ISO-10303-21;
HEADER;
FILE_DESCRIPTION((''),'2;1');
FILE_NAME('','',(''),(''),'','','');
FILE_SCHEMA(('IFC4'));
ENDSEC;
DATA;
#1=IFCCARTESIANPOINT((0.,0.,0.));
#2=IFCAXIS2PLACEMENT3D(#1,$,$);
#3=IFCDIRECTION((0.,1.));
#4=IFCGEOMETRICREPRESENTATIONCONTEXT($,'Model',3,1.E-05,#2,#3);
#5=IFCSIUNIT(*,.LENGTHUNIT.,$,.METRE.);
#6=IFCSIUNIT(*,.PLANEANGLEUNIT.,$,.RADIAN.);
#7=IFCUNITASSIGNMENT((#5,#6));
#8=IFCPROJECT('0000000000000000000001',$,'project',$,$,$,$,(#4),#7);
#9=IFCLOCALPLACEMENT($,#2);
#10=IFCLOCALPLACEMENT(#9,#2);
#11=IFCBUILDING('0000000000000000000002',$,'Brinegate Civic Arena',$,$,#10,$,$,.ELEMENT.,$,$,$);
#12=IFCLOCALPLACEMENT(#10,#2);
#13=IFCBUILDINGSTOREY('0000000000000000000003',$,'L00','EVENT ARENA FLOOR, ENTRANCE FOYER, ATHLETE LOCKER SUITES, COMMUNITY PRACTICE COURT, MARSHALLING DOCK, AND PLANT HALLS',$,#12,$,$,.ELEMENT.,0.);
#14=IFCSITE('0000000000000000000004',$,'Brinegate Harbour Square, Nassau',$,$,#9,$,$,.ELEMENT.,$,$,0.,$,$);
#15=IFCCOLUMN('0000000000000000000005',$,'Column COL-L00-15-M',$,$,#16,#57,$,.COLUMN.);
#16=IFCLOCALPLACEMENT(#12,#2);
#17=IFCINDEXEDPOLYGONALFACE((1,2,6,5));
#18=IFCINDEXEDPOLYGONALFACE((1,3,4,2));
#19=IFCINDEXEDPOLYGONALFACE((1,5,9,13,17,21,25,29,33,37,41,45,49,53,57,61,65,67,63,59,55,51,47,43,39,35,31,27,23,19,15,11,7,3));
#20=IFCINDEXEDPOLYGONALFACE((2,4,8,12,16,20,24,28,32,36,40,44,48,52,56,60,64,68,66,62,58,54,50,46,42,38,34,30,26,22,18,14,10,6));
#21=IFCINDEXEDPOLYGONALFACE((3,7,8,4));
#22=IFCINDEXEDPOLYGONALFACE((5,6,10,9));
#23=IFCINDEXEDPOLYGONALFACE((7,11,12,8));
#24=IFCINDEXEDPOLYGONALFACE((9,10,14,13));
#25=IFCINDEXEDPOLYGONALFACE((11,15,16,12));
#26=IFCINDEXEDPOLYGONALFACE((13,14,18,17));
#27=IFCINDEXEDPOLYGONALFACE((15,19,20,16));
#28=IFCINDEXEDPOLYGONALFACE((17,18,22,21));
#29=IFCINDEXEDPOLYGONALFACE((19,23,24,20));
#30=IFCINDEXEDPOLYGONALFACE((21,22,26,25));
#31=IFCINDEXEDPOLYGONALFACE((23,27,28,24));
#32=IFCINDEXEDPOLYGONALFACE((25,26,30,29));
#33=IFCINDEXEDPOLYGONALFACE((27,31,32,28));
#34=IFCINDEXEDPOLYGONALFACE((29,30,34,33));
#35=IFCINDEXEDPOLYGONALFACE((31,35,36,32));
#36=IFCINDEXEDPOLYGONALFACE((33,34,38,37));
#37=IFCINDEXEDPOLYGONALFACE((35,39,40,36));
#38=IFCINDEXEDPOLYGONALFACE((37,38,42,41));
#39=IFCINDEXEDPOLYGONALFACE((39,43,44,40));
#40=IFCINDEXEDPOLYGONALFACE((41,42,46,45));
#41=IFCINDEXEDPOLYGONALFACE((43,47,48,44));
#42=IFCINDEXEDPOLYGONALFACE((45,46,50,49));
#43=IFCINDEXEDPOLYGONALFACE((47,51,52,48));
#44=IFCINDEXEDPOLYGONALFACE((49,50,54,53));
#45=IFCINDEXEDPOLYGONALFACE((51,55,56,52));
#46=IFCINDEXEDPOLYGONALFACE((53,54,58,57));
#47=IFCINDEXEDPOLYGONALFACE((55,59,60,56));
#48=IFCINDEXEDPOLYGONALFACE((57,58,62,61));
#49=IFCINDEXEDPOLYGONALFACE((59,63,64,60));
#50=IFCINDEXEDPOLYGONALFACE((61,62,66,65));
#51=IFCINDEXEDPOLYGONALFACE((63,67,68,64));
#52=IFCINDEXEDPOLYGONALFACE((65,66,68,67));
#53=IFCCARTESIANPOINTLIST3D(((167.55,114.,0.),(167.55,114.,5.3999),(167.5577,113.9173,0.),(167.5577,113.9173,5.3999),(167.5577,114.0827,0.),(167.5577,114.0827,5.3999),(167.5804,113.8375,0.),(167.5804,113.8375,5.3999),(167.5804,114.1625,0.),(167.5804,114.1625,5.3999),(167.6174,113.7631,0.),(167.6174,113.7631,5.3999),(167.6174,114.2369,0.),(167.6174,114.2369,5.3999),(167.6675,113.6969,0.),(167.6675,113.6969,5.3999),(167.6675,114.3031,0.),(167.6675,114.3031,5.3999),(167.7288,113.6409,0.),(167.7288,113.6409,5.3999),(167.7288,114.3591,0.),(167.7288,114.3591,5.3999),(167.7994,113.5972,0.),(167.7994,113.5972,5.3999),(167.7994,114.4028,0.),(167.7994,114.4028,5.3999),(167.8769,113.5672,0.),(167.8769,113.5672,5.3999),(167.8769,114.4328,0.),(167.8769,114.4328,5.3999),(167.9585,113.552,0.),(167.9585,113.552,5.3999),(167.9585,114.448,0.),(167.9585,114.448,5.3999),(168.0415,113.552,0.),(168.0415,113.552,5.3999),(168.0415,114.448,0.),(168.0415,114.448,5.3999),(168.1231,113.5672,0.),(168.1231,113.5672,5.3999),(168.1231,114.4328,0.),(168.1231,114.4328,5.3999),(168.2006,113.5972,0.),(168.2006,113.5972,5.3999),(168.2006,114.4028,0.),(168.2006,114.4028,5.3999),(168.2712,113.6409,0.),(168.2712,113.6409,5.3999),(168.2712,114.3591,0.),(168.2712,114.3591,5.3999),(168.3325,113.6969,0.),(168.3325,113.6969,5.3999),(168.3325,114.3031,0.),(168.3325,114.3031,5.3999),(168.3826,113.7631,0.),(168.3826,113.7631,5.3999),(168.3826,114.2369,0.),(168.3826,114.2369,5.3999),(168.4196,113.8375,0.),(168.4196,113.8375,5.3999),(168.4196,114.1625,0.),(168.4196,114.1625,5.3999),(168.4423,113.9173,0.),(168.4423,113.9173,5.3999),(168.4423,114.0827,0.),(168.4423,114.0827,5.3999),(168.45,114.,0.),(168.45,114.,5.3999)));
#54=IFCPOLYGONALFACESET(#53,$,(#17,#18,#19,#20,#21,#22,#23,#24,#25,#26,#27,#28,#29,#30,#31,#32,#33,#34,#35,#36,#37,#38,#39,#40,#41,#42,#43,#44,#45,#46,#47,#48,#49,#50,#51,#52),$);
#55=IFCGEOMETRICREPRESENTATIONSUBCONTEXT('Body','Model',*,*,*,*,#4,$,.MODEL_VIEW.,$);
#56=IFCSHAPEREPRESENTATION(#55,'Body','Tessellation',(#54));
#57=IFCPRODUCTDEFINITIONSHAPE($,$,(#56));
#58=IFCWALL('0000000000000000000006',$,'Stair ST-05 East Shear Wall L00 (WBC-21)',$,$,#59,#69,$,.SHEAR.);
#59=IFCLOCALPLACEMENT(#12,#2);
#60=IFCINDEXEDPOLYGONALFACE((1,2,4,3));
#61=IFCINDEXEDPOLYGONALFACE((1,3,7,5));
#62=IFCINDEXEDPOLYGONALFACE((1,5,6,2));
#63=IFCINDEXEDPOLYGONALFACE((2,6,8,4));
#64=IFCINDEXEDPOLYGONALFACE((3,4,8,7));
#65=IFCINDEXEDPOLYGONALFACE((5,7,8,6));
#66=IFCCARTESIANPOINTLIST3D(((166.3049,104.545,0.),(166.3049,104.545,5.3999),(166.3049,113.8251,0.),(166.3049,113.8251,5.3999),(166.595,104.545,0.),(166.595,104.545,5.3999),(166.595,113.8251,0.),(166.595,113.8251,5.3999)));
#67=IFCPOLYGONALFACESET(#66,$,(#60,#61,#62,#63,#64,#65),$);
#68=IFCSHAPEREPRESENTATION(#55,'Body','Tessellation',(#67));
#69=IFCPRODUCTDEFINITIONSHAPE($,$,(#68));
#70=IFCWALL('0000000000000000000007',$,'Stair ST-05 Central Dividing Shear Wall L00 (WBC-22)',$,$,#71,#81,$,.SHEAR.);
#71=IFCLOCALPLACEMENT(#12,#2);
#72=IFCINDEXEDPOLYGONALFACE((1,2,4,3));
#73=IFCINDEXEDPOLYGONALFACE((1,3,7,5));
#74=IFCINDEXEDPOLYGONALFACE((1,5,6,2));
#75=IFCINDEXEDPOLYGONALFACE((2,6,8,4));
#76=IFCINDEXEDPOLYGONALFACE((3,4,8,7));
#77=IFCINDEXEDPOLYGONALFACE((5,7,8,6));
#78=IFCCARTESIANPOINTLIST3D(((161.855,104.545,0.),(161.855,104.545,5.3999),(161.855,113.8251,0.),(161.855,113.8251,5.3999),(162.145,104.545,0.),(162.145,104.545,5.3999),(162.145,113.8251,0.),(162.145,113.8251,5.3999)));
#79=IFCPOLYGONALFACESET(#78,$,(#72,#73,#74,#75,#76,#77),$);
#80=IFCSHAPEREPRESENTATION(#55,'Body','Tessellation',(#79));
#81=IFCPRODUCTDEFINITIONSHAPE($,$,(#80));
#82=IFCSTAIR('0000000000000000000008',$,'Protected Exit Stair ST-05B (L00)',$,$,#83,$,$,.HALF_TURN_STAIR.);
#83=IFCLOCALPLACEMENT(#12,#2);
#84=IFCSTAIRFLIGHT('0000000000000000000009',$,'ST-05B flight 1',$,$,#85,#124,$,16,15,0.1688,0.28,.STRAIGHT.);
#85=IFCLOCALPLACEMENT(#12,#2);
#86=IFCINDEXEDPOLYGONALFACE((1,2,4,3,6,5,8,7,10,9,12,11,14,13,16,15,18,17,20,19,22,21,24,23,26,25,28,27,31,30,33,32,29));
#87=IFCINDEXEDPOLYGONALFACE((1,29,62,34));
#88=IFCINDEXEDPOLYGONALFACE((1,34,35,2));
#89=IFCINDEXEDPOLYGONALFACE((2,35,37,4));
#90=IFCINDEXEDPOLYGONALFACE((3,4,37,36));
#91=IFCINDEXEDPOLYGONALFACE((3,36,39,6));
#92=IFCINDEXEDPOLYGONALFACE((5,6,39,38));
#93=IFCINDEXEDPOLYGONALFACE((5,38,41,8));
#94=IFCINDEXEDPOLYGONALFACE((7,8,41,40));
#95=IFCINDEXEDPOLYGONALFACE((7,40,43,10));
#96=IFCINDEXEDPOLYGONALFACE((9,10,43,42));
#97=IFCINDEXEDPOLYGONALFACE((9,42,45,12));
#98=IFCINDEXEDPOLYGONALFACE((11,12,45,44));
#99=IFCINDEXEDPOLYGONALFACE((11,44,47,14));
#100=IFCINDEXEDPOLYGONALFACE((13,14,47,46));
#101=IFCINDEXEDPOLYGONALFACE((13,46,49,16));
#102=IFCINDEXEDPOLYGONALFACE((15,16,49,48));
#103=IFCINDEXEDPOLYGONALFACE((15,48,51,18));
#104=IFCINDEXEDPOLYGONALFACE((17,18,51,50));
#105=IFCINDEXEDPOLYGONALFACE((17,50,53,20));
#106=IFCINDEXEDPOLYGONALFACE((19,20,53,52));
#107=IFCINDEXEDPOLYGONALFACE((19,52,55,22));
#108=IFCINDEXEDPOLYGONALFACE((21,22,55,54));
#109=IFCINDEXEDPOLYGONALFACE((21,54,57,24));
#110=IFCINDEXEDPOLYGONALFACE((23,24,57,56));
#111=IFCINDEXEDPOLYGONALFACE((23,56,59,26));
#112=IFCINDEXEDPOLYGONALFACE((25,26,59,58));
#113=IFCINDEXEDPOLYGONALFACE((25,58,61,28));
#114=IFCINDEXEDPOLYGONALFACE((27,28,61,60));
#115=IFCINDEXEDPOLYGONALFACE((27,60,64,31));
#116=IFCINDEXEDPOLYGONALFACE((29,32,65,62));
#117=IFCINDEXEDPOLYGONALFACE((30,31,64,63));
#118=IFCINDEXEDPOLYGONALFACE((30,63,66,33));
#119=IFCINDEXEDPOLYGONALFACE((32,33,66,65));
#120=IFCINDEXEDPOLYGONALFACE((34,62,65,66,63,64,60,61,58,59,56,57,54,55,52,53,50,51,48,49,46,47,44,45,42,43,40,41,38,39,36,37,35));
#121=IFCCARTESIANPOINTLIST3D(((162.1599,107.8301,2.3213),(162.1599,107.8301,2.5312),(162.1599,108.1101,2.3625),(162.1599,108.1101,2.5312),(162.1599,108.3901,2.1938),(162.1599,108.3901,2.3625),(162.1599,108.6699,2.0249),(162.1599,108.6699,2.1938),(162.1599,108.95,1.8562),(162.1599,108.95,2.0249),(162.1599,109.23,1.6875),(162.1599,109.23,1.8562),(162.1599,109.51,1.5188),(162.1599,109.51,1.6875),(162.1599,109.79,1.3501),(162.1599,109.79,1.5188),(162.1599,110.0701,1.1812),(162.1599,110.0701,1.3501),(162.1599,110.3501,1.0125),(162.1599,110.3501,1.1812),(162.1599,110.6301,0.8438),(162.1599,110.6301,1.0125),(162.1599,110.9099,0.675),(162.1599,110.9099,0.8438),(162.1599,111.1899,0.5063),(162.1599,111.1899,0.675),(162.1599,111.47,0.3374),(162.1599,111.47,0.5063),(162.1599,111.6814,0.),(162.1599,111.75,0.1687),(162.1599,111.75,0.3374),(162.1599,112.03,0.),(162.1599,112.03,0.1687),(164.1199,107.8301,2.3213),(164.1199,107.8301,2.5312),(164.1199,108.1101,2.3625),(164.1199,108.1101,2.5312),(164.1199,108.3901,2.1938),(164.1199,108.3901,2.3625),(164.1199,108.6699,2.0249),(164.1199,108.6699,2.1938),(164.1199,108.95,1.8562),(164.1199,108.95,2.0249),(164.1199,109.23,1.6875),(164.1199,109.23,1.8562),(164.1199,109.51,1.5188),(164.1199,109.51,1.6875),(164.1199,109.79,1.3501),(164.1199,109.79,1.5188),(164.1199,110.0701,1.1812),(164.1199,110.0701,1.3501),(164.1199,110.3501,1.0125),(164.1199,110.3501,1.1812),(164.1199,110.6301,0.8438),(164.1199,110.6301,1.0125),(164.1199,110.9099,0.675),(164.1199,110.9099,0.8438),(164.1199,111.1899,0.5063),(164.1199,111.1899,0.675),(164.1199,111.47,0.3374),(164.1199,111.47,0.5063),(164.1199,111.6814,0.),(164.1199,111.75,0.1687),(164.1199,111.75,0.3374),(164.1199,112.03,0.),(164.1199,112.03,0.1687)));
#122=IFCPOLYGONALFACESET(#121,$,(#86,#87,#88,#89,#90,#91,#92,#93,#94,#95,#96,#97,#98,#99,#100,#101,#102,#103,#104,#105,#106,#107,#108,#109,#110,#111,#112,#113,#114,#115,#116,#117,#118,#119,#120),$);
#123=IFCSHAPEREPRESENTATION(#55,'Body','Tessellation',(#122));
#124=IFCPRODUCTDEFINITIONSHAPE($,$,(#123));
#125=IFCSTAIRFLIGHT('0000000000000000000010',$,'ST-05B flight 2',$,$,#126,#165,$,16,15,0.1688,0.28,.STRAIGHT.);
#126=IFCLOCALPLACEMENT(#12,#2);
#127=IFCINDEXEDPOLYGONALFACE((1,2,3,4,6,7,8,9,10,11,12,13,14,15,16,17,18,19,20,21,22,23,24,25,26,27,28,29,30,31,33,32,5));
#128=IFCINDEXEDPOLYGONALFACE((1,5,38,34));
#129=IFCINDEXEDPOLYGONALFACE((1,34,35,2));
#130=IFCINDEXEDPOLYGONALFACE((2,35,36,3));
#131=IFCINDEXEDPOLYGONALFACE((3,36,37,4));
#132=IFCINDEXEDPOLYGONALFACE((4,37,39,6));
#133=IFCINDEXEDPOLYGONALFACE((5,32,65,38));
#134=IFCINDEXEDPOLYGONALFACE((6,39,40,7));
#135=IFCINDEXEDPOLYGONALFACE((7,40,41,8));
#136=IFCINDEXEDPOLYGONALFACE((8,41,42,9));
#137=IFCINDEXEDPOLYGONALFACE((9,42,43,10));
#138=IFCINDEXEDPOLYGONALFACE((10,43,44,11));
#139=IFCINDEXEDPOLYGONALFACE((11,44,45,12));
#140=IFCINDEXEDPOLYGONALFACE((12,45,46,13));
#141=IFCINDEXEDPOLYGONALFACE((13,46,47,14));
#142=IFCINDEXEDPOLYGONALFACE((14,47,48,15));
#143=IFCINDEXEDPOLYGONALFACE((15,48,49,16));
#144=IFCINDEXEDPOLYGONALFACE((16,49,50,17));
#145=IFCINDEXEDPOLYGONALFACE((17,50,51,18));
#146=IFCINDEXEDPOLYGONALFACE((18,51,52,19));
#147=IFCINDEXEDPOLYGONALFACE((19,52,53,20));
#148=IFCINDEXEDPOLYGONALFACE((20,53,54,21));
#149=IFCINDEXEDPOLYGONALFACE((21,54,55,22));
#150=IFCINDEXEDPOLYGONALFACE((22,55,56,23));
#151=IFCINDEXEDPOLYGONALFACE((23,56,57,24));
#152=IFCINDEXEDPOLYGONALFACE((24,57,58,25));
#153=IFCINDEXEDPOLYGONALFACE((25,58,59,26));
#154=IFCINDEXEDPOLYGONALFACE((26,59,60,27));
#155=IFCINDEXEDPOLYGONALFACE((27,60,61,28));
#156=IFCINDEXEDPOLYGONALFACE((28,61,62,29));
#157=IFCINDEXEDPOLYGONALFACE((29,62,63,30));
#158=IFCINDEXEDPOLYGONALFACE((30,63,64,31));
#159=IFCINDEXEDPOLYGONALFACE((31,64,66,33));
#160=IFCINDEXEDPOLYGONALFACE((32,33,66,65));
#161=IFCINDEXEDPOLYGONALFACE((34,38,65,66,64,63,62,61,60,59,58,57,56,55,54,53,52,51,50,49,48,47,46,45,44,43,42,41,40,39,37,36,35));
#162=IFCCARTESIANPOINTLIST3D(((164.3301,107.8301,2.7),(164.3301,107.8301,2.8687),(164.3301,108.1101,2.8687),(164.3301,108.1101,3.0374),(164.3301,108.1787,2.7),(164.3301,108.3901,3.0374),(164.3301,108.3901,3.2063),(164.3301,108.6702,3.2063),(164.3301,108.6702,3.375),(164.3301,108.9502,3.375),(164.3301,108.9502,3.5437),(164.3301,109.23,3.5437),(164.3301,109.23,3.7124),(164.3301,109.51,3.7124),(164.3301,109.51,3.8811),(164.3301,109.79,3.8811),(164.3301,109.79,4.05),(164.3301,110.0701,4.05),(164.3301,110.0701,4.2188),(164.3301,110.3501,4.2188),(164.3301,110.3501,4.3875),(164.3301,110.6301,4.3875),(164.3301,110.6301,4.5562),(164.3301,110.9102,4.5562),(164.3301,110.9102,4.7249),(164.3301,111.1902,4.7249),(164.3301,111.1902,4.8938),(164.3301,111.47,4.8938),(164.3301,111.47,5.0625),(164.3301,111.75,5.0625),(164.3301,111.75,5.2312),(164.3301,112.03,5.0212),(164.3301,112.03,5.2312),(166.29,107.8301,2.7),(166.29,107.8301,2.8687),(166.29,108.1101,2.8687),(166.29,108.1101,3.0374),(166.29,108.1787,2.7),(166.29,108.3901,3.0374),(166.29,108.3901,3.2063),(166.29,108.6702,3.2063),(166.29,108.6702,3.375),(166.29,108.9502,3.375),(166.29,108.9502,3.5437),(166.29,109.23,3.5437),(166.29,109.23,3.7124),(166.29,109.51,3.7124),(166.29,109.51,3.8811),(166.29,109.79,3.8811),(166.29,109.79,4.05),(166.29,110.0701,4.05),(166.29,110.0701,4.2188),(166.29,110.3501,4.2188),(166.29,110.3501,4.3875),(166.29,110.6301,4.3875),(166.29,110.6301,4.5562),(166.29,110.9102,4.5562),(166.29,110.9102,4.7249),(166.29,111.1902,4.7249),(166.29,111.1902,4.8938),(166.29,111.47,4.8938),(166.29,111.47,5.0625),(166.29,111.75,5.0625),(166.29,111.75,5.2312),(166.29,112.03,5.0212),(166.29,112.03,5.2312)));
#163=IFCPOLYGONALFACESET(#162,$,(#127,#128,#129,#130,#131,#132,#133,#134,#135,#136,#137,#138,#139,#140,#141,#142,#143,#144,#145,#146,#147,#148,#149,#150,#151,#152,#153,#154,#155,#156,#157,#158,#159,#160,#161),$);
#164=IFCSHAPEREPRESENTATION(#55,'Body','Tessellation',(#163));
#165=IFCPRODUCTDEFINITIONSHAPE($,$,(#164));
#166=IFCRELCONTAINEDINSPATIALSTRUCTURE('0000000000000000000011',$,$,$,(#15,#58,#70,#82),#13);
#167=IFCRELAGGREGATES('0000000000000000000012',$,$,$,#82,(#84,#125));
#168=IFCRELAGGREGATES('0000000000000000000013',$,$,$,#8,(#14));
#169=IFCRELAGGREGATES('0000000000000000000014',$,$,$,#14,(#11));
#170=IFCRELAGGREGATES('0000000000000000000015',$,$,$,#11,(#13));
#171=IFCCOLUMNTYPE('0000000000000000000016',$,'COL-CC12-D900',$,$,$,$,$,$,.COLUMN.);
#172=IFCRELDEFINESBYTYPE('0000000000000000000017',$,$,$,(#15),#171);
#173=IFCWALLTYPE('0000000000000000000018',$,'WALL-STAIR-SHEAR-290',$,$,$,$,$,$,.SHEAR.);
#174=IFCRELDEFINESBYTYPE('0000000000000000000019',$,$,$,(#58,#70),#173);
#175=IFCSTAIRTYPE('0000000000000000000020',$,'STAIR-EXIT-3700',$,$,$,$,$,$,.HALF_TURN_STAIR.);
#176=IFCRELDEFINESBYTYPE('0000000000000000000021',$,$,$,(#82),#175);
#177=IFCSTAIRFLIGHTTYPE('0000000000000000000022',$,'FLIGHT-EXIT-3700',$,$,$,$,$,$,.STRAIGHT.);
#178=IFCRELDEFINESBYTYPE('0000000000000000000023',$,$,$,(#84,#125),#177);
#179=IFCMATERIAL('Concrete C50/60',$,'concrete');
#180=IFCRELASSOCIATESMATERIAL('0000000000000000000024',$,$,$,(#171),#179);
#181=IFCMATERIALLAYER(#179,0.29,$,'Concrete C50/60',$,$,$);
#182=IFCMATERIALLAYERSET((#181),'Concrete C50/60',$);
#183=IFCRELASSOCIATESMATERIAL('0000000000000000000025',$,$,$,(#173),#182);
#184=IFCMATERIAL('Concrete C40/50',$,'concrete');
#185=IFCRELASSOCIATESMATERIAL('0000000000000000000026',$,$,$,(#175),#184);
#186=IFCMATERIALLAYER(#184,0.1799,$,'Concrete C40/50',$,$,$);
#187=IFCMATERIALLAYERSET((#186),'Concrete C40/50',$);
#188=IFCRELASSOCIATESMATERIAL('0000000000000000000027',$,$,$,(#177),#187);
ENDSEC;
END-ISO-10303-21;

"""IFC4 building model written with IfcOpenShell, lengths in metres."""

from ifc_helpers import new_model, si_unit, direction, frame, frame_2d, origin, origin_2d, place, context, subcontext, project, spatial, polyline, rectangle, circle, outline, extrude, material, layer, layer_set, material_profile, profile_set, type_object, element, aggregate, save


model = new_model("IFC4")

# Units and contexts
model_context = context("Model", 3, precision=1e-05, world=origin(), true_north=direction((0.0, 1.0)))
body_context = subcontext(model_context, "Body", "Model", "MODEL_VIEW")
ifc_project = project(units=[si_unit("LENGTHUNIT", "METRE"), si_unit("PLANEANGLEUNIT", "RADIAN")], contexts=[model_context])

# Site, building, storey
site_placement = place(None, origin())
site = spatial("IfcSite", under=ifc_project, at=site_placement, Name="Brinegate Harbour Square, Nassau", CompositionType="ELEMENT", RefElevation=0.0)
building_placement = place(site_placement, origin())
building = spatial("IfcBuilding", under=site, at=building_placement, Name="Brinegate Civic Arena", CompositionType="ELEMENT")
storey_placement = place(building_placement, origin())
storey = spatial("IfcBuildingStorey", under=building, at=storey_placement, Name="L00", Description="EVENT ARENA FLOOR, ENTRANCE FOYER, ATHLETE LOCKER SUITES, COMMUNITY PRACTICE COURT, MARSHALLING DOCK, AND PLANT HALLS", CompositionType="ELEMENT", Elevation=0.0)

# Shared definitions
ifc_material_1 = material(Name="Concrete C40/50", Category="concrete")

# Column
ifc_material_2 = material(Name="Concrete C50/60", Category="concrete")
ifc_material_profile_1 = material_profile(ifc_material_2, circle(Radius=0.45, at=origin_2d()), Name="RCD900")
ifc_profile_set_1 = profile_set([ifc_material_profile_1], Name="Concrete C50/60")
column_type_1 = type_object("IfcColumnType", Name="COL-CC12-D900", PredefinedType="COLUMN", material=ifc_profile_set_1)
column_1_placement = place(storey_placement, frame((168.0, 114.0, 0.0), z_axis=(0.0, 0.0, 1.0), x_axis=(1.0, 0.0, 0.0)))
element("IfcColumn", 1, at=column_1_placement, inside=storey, type_object=column_type_1, Name="Column COL-L00-15-M", PredefinedType="COLUMN", context=body_context, shape_type="SweptSolid", body=[
    extrude(circle(Radius=0.45, at=origin_2d()), origin(), (0.0, 0.0, 1.0), 5.3999),
])

# Walls
ifc_layer_1 = layer(ifc_material_2, 0.29, Name="Concrete C50/60")
ifc_layer_set_1 = layer_set([ifc_layer_1], Name="Concrete C50/60")
wall_type = type_object("IfcWallType", Name="WALL-STAIR-SHEAR-290", PredefinedType="SHEAR", material=ifc_layer_set_1)
for number, where, z_axis, x_axis, name in (
    (2, (166.45, 104.5449, 0.0), (0.0, 0.0, 1.0), (0.0, 1.0, 0.0), "Stair ST-05 East Shear Wall L00 (WBC-21)"),
    (3, (162.0, 104.5449, 0.0), (0.0, 0.0, 1.0), (0.0, 1.0, 0.0), "Stair ST-05 Central Dividing Shear Wall L00 (WBC-22)"),
):
    element("IfcWall", number, at=place(storey_placement, frame(where, z_axis=z_axis, x_axis=x_axis)), inside=storey, type_object=wall_type, Name=name, PredefinedType="SHEAR", context=body_context, shape_type="SweptSolid", body=[
        extrude(rectangle(XDim=9.28, YDim=0.29, at=frame_2d((4.6401, 0.0))), origin(), (0.0, 0.0, 1.0), 5.3999),
    ])

# Stair, stair flights
stair_type_1 = type_object("IfcStairType", Name="STAIR-EXIT-3700", PredefinedType="HALF_TURN_STAIR", material=ifc_material_1)
stair_1_placement = place(storey_placement, origin())
stair_1 = element("IfcStair", 4, at=stair_1_placement, inside=storey, type_object=stair_type_1, Name="Protected Exit Stair ST-05B (L00)", PredefinedType="HALF_TURN_STAIR")
ifc_layer_2 = layer(ifc_material_1, 0.1799, Name="Concrete C40/50")
ifc_layer_set_2 = layer_set([ifc_layer_2], Name="Concrete C40/50")
stair_flight_type_1 = type_object("IfcStairFlightType", Name="FLIGHT-EXIT-3700", PredefinedType="STRAIGHT", material=ifc_layer_set_2)
stair_flight_1_placement = place(storey_placement, frame((163.1399, 112.03, 0.0), z_axis=(0.0, 0.0, 1.0), x_axis=(0.0, -1.0, 0.0)))
stair_flight_1 = element("IfcStairFlight", 5, at=stair_flight_1_placement, type_object=stair_flight_type_1, Name="ST-05B flight 1", NumberOfRisers=16, NumberOfTreads=15, PredefinedType="STRAIGHT", RiserHeight=0.1688, TreadLength=0.28, context=body_context, shape_type="SweptSolid", body=[
    extrude(outline(polyline([(0.0, 0.0), (0.0, 0.1687), (0.28, 0.1687), (0.28, 0.3374), (0.5601, 0.3374), (0.5601, 0.5063), (0.8401, 0.5063), (0.8401, 0.675), (1.1201, 0.675), (1.1201, 0.8438), (1.3999, 0.8438), (1.3999, 1.0125), (1.6799, 1.0125), (1.6799, 1.1812), (1.96, 1.1812), (1.96, 1.3501), (2.24, 1.3501), (2.24, 1.5188), (2.52, 1.5188), (2.52, 1.6875), (2.8, 1.6875), (2.8, 1.8562), (3.0801, 1.8562), (3.0801, 2.0249), (3.3601, 2.0249), (3.3601, 2.1938), (3.6399, 2.1938), (3.6399, 2.3625), (3.9199, 2.3625), (3.9199, 2.5312), (4.2, 2.5312), (4.2, 2.7), (4.2, 2.3213), (0.3486, 0.0), (0.0, 0.0)])), frame((0.0, 0.98, 0.0), z_axis=(0.0, -1.0, 0.0), x_axis=(1.0, 0.0, 0.0)), (0.0, 0.0, 1.0), 1.96),
])
stair_flight_2_placement = place(storey_placement, frame((165.3101, 107.8301, 2.7), z_axis=(0.0, 0.0, 1.0), x_axis=(0.0, 1.0, 0.0)))
stair_flight_2 = element("IfcStairFlight", 6, at=stair_flight_2_placement, type_object=stair_flight_type_1, Name="ST-05B flight 2", NumberOfRisers=16, NumberOfTreads=15, PredefinedType="STRAIGHT", RiserHeight=0.1688, TreadLength=0.28, context=body_context, shape_type="SweptSolid", body=[
    extrude(outline(polyline([(0.0, 0.0), (0.0, 0.1687), (0.28, 0.1687), (0.28, 0.3374), (0.5601, 0.3374), (0.5601, 0.5063), (0.8401, 0.5063), (0.8401, 0.675), (1.1201, 0.675), (1.1201, 0.8438), (1.3999, 0.8438), (1.3999, 1.0125), (1.6799, 1.0125), (1.6799, 1.1812), (1.96, 1.1812), (1.96, 1.3501), (2.24, 1.3501), (2.24, 1.5188), (2.52, 1.5188), (2.52, 1.6875), (2.8, 1.6875), (2.8, 1.8562), (3.0801, 1.8562), (3.0801, 2.0249), (3.3601, 2.0249), (3.3601, 2.1938), (3.6399, 2.1938), (3.6399, 2.3625), (3.9199, 2.3625), (3.9199, 2.5312), (4.2, 2.5312), (4.2, 2.7), (4.2, 2.3213), (0.3486, 0.0), (0.0, 0.0)])), frame((0.0, 0.98, 0.0), z_axis=(0.0, -1.0, 0.0), x_axis=(1.0, 0.0, 0.0)), (0.0, 0.0, 1.0), 1.96),
])
aggregate(stair_1, [stair_flight_1, stair_flight_2])

save(model, "model.ifc")
